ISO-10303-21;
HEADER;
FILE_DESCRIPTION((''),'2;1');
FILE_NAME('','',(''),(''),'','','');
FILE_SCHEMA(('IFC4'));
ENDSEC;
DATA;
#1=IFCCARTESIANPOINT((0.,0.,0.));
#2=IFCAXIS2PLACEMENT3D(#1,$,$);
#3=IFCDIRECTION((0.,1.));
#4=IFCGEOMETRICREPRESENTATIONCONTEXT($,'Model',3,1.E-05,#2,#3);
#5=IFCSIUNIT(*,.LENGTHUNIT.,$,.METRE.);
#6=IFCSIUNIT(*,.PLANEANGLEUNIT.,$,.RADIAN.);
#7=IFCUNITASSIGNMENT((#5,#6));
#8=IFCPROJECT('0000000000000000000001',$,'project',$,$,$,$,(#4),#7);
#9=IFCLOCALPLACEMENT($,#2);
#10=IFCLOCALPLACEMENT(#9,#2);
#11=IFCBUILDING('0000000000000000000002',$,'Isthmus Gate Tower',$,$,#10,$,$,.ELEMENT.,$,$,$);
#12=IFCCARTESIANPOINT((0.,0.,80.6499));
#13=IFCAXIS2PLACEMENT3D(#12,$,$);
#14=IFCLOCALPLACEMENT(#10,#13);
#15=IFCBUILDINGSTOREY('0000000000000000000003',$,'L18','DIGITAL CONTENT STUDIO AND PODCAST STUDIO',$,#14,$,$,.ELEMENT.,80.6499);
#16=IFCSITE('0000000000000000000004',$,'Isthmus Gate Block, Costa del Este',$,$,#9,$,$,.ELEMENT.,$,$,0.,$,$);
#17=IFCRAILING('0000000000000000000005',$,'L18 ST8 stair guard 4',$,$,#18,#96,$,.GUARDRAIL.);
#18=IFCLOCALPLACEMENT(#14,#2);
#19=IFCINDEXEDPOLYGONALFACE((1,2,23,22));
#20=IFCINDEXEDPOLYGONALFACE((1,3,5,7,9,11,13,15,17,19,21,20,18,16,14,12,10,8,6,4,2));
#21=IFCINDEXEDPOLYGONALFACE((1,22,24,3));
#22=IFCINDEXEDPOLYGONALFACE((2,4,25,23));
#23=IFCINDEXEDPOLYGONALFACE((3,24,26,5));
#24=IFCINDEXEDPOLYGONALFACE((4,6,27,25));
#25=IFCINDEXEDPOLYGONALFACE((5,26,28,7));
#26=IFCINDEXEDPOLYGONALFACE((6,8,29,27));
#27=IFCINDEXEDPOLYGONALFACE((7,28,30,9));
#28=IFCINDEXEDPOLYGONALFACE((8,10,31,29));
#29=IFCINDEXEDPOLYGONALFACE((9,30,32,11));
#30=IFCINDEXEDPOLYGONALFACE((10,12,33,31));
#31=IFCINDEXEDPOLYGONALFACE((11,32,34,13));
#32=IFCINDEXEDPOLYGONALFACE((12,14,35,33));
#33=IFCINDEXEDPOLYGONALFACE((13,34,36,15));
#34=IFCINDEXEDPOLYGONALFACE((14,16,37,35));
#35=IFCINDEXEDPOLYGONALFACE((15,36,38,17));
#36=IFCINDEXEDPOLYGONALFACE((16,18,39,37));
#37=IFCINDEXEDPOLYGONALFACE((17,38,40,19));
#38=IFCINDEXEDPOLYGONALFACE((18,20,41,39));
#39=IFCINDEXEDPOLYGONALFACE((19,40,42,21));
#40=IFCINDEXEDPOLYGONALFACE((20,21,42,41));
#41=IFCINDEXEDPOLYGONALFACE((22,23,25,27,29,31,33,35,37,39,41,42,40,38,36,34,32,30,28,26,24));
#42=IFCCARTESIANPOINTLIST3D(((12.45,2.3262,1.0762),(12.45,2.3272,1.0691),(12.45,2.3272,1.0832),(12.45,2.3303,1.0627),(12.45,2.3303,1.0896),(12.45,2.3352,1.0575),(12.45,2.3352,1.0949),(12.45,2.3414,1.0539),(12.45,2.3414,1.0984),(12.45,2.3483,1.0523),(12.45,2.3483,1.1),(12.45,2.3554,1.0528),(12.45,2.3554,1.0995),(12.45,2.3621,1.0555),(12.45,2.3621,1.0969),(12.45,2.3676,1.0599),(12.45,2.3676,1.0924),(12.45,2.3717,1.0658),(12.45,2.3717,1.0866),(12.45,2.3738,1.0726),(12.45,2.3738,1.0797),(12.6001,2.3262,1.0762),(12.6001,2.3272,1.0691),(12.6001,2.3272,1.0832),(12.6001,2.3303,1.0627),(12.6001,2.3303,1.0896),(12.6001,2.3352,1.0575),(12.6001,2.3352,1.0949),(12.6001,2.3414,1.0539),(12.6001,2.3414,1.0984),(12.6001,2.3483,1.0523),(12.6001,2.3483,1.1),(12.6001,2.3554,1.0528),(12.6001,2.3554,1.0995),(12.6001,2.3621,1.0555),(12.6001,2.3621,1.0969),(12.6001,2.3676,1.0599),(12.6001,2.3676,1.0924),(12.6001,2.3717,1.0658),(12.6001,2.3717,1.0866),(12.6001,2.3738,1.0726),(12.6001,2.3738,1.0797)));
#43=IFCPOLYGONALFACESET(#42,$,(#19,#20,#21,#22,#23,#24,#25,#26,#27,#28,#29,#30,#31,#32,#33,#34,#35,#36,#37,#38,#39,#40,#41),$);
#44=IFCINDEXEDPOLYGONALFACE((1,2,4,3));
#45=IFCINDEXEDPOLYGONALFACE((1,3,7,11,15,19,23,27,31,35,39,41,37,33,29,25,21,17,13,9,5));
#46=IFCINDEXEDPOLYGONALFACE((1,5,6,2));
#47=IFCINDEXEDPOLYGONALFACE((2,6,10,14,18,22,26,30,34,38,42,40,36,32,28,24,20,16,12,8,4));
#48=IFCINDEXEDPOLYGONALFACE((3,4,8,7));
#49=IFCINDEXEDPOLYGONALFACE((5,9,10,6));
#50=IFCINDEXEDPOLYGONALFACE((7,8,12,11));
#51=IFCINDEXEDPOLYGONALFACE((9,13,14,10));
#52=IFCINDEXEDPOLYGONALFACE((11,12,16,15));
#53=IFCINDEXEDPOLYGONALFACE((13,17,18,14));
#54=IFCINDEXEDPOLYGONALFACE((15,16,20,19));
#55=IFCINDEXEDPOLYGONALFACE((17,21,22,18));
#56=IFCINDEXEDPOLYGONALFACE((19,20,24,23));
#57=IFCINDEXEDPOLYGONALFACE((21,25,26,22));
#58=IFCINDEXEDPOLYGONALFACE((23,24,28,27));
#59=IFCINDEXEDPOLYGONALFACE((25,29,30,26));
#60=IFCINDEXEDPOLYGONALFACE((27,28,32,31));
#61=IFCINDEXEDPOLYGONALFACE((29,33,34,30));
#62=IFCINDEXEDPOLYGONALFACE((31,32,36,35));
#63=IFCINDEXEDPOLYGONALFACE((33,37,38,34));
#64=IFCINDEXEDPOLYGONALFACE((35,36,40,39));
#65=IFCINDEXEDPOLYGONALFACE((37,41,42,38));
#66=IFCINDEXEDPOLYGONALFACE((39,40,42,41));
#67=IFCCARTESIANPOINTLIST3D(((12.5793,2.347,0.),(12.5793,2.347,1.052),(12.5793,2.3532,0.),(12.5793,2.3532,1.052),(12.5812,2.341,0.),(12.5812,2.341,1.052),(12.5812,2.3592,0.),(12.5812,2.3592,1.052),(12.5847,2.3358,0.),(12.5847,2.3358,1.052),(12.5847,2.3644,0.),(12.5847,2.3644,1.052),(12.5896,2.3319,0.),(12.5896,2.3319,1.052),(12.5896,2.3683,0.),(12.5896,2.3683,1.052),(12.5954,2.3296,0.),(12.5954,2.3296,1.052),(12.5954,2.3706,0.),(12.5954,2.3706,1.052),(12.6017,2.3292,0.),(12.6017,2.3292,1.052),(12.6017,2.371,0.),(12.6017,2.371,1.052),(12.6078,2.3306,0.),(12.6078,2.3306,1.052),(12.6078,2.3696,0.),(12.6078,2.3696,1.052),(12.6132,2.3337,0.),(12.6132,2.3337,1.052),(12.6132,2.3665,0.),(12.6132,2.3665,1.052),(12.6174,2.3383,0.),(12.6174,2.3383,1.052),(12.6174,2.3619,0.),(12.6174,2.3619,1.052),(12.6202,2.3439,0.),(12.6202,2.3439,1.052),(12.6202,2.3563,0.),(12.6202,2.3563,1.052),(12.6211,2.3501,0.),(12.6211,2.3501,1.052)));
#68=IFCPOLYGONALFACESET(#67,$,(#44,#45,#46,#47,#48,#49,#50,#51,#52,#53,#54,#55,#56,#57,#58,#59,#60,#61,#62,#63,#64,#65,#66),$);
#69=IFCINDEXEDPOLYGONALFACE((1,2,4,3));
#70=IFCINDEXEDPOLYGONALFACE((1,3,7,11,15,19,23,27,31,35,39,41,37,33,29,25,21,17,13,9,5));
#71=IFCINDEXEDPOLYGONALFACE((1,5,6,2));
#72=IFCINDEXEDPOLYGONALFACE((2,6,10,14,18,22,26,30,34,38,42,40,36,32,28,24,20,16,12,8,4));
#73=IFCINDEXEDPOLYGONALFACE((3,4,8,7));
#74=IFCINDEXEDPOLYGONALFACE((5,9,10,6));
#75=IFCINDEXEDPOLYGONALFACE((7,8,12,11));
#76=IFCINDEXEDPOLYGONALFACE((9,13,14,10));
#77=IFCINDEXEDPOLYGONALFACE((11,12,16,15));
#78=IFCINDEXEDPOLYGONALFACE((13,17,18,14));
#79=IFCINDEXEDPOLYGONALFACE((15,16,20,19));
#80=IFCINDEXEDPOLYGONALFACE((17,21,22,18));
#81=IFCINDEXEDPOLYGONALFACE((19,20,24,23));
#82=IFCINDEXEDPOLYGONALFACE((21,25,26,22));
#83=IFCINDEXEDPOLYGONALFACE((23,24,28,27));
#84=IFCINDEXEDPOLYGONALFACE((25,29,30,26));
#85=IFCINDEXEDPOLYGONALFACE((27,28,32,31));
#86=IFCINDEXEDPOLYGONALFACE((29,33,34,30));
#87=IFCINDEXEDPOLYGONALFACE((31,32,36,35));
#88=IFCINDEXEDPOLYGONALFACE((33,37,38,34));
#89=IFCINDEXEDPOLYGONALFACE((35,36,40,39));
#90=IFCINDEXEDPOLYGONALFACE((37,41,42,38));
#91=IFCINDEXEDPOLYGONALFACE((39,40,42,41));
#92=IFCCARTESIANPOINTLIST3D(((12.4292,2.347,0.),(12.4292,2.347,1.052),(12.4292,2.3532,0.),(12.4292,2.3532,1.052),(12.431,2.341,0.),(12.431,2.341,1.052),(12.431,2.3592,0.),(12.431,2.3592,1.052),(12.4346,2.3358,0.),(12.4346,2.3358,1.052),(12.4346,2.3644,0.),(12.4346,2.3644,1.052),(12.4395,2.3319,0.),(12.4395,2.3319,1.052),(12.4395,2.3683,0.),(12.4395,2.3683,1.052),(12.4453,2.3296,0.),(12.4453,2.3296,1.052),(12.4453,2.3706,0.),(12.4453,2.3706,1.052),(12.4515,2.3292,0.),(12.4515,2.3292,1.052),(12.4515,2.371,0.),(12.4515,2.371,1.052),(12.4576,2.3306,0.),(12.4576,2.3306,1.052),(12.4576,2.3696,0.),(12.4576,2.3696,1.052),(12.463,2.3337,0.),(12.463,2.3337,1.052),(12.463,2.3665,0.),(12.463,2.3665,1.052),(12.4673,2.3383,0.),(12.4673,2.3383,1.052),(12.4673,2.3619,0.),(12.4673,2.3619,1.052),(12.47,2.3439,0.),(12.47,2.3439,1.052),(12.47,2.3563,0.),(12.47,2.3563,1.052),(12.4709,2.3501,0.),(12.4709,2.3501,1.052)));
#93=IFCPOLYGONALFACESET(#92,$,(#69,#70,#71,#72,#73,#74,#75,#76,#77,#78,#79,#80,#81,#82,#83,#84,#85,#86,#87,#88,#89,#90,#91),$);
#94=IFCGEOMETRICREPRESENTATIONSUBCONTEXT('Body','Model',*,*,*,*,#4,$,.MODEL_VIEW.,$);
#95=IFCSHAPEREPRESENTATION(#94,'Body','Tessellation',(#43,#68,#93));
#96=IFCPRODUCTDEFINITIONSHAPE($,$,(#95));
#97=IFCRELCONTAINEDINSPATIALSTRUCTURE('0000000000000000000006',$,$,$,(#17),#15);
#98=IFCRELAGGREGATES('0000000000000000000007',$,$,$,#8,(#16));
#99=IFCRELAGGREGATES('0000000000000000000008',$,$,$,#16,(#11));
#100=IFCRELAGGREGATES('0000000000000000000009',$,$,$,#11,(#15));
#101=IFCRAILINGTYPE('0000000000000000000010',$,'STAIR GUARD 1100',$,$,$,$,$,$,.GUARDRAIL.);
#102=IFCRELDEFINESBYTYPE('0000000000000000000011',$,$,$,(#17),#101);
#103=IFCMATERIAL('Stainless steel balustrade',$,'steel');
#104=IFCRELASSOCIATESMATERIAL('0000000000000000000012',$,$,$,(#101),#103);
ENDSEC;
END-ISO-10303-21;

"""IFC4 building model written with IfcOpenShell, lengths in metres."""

from ifc_helpers import new_model, si_unit, direction, frame, origin, origin_2d, place, context, subcontext, project, spatial, circle, extrude, material, type_object, element, save


model = new_model("IFC4")

# Units and contexts
model_context = context("Model", 3, precision=1e-05, world=origin(), true_north=direction((0.0, 1.0)))
body_context = subcontext(model_context, "Body", "Model", "MODEL_VIEW")
ifc_project = project(units=[si_unit("LENGTHUNIT", "METRE"), si_unit("PLANEANGLEUNIT", "RADIAN")], contexts=[model_context])

# Site, building, storey
site_placement = place(None, origin())
site = spatial("IfcSite", under=ifc_project, at=site_placement, Name="Isthmus Gate Block, Costa del Este", CompositionType="ELEMENT", RefElevation=0.0)
building_placement = place(site_placement, origin())
building = spatial("IfcBuilding", under=site, at=building_placement, Name="Isthmus Gate Tower", CompositionType="ELEMENT")
storey_placement = place(building_placement, frame((0.0, 0.0, 80.6499)))
storey = spatial("IfcBuildingStorey", under=building, at=storey_placement, Name="L18", Description="DIGITAL CONTENT STUDIO AND PODCAST STUDIO", CompositionType="ELEMENT", Elevation=80.6499)

# Railing
ifc_material_1 = material(Name="Stainless steel balustrade", Category="steel")
railing_type_1 = type_object("IfcRailingType", Name="STAIR GUARD 1100", PredefinedType="GUARDRAIL", material=ifc_material_1)
railing_1_placement = place(storey_placement, frame((12.6001, 2.3501, 0.0)))
element("IfcRailing", 1, at=railing_1_placement, inside=storey, type_object=railing_type_1, Name="L18 ST8 stair guard 4", PredefinedType="GUARDRAIL", context=body_context, shape_type="SweptSolid", body=[
    extrude(circle(Radius=0.0239, at=origin_2d()), frame((0.0, 0.0, 1.0762), z_axis=(-1.0, 0.0, 0.0), x_axis=(0.0, -1.0, 0.0)), (0.0, 0.0, 1.0), 0.1501),
    extrude(circle(Radius=0.021, at=origin_2d()), origin(), (0.0, 0.0, 1.0), 1.052),
    extrude(circle(Radius=0.021, at=origin_2d()), frame((-0.1501, 0.0, 0.0)), (0.0, 0.0, 1.0), 1.052),
])

save(model, "model.ifc")
